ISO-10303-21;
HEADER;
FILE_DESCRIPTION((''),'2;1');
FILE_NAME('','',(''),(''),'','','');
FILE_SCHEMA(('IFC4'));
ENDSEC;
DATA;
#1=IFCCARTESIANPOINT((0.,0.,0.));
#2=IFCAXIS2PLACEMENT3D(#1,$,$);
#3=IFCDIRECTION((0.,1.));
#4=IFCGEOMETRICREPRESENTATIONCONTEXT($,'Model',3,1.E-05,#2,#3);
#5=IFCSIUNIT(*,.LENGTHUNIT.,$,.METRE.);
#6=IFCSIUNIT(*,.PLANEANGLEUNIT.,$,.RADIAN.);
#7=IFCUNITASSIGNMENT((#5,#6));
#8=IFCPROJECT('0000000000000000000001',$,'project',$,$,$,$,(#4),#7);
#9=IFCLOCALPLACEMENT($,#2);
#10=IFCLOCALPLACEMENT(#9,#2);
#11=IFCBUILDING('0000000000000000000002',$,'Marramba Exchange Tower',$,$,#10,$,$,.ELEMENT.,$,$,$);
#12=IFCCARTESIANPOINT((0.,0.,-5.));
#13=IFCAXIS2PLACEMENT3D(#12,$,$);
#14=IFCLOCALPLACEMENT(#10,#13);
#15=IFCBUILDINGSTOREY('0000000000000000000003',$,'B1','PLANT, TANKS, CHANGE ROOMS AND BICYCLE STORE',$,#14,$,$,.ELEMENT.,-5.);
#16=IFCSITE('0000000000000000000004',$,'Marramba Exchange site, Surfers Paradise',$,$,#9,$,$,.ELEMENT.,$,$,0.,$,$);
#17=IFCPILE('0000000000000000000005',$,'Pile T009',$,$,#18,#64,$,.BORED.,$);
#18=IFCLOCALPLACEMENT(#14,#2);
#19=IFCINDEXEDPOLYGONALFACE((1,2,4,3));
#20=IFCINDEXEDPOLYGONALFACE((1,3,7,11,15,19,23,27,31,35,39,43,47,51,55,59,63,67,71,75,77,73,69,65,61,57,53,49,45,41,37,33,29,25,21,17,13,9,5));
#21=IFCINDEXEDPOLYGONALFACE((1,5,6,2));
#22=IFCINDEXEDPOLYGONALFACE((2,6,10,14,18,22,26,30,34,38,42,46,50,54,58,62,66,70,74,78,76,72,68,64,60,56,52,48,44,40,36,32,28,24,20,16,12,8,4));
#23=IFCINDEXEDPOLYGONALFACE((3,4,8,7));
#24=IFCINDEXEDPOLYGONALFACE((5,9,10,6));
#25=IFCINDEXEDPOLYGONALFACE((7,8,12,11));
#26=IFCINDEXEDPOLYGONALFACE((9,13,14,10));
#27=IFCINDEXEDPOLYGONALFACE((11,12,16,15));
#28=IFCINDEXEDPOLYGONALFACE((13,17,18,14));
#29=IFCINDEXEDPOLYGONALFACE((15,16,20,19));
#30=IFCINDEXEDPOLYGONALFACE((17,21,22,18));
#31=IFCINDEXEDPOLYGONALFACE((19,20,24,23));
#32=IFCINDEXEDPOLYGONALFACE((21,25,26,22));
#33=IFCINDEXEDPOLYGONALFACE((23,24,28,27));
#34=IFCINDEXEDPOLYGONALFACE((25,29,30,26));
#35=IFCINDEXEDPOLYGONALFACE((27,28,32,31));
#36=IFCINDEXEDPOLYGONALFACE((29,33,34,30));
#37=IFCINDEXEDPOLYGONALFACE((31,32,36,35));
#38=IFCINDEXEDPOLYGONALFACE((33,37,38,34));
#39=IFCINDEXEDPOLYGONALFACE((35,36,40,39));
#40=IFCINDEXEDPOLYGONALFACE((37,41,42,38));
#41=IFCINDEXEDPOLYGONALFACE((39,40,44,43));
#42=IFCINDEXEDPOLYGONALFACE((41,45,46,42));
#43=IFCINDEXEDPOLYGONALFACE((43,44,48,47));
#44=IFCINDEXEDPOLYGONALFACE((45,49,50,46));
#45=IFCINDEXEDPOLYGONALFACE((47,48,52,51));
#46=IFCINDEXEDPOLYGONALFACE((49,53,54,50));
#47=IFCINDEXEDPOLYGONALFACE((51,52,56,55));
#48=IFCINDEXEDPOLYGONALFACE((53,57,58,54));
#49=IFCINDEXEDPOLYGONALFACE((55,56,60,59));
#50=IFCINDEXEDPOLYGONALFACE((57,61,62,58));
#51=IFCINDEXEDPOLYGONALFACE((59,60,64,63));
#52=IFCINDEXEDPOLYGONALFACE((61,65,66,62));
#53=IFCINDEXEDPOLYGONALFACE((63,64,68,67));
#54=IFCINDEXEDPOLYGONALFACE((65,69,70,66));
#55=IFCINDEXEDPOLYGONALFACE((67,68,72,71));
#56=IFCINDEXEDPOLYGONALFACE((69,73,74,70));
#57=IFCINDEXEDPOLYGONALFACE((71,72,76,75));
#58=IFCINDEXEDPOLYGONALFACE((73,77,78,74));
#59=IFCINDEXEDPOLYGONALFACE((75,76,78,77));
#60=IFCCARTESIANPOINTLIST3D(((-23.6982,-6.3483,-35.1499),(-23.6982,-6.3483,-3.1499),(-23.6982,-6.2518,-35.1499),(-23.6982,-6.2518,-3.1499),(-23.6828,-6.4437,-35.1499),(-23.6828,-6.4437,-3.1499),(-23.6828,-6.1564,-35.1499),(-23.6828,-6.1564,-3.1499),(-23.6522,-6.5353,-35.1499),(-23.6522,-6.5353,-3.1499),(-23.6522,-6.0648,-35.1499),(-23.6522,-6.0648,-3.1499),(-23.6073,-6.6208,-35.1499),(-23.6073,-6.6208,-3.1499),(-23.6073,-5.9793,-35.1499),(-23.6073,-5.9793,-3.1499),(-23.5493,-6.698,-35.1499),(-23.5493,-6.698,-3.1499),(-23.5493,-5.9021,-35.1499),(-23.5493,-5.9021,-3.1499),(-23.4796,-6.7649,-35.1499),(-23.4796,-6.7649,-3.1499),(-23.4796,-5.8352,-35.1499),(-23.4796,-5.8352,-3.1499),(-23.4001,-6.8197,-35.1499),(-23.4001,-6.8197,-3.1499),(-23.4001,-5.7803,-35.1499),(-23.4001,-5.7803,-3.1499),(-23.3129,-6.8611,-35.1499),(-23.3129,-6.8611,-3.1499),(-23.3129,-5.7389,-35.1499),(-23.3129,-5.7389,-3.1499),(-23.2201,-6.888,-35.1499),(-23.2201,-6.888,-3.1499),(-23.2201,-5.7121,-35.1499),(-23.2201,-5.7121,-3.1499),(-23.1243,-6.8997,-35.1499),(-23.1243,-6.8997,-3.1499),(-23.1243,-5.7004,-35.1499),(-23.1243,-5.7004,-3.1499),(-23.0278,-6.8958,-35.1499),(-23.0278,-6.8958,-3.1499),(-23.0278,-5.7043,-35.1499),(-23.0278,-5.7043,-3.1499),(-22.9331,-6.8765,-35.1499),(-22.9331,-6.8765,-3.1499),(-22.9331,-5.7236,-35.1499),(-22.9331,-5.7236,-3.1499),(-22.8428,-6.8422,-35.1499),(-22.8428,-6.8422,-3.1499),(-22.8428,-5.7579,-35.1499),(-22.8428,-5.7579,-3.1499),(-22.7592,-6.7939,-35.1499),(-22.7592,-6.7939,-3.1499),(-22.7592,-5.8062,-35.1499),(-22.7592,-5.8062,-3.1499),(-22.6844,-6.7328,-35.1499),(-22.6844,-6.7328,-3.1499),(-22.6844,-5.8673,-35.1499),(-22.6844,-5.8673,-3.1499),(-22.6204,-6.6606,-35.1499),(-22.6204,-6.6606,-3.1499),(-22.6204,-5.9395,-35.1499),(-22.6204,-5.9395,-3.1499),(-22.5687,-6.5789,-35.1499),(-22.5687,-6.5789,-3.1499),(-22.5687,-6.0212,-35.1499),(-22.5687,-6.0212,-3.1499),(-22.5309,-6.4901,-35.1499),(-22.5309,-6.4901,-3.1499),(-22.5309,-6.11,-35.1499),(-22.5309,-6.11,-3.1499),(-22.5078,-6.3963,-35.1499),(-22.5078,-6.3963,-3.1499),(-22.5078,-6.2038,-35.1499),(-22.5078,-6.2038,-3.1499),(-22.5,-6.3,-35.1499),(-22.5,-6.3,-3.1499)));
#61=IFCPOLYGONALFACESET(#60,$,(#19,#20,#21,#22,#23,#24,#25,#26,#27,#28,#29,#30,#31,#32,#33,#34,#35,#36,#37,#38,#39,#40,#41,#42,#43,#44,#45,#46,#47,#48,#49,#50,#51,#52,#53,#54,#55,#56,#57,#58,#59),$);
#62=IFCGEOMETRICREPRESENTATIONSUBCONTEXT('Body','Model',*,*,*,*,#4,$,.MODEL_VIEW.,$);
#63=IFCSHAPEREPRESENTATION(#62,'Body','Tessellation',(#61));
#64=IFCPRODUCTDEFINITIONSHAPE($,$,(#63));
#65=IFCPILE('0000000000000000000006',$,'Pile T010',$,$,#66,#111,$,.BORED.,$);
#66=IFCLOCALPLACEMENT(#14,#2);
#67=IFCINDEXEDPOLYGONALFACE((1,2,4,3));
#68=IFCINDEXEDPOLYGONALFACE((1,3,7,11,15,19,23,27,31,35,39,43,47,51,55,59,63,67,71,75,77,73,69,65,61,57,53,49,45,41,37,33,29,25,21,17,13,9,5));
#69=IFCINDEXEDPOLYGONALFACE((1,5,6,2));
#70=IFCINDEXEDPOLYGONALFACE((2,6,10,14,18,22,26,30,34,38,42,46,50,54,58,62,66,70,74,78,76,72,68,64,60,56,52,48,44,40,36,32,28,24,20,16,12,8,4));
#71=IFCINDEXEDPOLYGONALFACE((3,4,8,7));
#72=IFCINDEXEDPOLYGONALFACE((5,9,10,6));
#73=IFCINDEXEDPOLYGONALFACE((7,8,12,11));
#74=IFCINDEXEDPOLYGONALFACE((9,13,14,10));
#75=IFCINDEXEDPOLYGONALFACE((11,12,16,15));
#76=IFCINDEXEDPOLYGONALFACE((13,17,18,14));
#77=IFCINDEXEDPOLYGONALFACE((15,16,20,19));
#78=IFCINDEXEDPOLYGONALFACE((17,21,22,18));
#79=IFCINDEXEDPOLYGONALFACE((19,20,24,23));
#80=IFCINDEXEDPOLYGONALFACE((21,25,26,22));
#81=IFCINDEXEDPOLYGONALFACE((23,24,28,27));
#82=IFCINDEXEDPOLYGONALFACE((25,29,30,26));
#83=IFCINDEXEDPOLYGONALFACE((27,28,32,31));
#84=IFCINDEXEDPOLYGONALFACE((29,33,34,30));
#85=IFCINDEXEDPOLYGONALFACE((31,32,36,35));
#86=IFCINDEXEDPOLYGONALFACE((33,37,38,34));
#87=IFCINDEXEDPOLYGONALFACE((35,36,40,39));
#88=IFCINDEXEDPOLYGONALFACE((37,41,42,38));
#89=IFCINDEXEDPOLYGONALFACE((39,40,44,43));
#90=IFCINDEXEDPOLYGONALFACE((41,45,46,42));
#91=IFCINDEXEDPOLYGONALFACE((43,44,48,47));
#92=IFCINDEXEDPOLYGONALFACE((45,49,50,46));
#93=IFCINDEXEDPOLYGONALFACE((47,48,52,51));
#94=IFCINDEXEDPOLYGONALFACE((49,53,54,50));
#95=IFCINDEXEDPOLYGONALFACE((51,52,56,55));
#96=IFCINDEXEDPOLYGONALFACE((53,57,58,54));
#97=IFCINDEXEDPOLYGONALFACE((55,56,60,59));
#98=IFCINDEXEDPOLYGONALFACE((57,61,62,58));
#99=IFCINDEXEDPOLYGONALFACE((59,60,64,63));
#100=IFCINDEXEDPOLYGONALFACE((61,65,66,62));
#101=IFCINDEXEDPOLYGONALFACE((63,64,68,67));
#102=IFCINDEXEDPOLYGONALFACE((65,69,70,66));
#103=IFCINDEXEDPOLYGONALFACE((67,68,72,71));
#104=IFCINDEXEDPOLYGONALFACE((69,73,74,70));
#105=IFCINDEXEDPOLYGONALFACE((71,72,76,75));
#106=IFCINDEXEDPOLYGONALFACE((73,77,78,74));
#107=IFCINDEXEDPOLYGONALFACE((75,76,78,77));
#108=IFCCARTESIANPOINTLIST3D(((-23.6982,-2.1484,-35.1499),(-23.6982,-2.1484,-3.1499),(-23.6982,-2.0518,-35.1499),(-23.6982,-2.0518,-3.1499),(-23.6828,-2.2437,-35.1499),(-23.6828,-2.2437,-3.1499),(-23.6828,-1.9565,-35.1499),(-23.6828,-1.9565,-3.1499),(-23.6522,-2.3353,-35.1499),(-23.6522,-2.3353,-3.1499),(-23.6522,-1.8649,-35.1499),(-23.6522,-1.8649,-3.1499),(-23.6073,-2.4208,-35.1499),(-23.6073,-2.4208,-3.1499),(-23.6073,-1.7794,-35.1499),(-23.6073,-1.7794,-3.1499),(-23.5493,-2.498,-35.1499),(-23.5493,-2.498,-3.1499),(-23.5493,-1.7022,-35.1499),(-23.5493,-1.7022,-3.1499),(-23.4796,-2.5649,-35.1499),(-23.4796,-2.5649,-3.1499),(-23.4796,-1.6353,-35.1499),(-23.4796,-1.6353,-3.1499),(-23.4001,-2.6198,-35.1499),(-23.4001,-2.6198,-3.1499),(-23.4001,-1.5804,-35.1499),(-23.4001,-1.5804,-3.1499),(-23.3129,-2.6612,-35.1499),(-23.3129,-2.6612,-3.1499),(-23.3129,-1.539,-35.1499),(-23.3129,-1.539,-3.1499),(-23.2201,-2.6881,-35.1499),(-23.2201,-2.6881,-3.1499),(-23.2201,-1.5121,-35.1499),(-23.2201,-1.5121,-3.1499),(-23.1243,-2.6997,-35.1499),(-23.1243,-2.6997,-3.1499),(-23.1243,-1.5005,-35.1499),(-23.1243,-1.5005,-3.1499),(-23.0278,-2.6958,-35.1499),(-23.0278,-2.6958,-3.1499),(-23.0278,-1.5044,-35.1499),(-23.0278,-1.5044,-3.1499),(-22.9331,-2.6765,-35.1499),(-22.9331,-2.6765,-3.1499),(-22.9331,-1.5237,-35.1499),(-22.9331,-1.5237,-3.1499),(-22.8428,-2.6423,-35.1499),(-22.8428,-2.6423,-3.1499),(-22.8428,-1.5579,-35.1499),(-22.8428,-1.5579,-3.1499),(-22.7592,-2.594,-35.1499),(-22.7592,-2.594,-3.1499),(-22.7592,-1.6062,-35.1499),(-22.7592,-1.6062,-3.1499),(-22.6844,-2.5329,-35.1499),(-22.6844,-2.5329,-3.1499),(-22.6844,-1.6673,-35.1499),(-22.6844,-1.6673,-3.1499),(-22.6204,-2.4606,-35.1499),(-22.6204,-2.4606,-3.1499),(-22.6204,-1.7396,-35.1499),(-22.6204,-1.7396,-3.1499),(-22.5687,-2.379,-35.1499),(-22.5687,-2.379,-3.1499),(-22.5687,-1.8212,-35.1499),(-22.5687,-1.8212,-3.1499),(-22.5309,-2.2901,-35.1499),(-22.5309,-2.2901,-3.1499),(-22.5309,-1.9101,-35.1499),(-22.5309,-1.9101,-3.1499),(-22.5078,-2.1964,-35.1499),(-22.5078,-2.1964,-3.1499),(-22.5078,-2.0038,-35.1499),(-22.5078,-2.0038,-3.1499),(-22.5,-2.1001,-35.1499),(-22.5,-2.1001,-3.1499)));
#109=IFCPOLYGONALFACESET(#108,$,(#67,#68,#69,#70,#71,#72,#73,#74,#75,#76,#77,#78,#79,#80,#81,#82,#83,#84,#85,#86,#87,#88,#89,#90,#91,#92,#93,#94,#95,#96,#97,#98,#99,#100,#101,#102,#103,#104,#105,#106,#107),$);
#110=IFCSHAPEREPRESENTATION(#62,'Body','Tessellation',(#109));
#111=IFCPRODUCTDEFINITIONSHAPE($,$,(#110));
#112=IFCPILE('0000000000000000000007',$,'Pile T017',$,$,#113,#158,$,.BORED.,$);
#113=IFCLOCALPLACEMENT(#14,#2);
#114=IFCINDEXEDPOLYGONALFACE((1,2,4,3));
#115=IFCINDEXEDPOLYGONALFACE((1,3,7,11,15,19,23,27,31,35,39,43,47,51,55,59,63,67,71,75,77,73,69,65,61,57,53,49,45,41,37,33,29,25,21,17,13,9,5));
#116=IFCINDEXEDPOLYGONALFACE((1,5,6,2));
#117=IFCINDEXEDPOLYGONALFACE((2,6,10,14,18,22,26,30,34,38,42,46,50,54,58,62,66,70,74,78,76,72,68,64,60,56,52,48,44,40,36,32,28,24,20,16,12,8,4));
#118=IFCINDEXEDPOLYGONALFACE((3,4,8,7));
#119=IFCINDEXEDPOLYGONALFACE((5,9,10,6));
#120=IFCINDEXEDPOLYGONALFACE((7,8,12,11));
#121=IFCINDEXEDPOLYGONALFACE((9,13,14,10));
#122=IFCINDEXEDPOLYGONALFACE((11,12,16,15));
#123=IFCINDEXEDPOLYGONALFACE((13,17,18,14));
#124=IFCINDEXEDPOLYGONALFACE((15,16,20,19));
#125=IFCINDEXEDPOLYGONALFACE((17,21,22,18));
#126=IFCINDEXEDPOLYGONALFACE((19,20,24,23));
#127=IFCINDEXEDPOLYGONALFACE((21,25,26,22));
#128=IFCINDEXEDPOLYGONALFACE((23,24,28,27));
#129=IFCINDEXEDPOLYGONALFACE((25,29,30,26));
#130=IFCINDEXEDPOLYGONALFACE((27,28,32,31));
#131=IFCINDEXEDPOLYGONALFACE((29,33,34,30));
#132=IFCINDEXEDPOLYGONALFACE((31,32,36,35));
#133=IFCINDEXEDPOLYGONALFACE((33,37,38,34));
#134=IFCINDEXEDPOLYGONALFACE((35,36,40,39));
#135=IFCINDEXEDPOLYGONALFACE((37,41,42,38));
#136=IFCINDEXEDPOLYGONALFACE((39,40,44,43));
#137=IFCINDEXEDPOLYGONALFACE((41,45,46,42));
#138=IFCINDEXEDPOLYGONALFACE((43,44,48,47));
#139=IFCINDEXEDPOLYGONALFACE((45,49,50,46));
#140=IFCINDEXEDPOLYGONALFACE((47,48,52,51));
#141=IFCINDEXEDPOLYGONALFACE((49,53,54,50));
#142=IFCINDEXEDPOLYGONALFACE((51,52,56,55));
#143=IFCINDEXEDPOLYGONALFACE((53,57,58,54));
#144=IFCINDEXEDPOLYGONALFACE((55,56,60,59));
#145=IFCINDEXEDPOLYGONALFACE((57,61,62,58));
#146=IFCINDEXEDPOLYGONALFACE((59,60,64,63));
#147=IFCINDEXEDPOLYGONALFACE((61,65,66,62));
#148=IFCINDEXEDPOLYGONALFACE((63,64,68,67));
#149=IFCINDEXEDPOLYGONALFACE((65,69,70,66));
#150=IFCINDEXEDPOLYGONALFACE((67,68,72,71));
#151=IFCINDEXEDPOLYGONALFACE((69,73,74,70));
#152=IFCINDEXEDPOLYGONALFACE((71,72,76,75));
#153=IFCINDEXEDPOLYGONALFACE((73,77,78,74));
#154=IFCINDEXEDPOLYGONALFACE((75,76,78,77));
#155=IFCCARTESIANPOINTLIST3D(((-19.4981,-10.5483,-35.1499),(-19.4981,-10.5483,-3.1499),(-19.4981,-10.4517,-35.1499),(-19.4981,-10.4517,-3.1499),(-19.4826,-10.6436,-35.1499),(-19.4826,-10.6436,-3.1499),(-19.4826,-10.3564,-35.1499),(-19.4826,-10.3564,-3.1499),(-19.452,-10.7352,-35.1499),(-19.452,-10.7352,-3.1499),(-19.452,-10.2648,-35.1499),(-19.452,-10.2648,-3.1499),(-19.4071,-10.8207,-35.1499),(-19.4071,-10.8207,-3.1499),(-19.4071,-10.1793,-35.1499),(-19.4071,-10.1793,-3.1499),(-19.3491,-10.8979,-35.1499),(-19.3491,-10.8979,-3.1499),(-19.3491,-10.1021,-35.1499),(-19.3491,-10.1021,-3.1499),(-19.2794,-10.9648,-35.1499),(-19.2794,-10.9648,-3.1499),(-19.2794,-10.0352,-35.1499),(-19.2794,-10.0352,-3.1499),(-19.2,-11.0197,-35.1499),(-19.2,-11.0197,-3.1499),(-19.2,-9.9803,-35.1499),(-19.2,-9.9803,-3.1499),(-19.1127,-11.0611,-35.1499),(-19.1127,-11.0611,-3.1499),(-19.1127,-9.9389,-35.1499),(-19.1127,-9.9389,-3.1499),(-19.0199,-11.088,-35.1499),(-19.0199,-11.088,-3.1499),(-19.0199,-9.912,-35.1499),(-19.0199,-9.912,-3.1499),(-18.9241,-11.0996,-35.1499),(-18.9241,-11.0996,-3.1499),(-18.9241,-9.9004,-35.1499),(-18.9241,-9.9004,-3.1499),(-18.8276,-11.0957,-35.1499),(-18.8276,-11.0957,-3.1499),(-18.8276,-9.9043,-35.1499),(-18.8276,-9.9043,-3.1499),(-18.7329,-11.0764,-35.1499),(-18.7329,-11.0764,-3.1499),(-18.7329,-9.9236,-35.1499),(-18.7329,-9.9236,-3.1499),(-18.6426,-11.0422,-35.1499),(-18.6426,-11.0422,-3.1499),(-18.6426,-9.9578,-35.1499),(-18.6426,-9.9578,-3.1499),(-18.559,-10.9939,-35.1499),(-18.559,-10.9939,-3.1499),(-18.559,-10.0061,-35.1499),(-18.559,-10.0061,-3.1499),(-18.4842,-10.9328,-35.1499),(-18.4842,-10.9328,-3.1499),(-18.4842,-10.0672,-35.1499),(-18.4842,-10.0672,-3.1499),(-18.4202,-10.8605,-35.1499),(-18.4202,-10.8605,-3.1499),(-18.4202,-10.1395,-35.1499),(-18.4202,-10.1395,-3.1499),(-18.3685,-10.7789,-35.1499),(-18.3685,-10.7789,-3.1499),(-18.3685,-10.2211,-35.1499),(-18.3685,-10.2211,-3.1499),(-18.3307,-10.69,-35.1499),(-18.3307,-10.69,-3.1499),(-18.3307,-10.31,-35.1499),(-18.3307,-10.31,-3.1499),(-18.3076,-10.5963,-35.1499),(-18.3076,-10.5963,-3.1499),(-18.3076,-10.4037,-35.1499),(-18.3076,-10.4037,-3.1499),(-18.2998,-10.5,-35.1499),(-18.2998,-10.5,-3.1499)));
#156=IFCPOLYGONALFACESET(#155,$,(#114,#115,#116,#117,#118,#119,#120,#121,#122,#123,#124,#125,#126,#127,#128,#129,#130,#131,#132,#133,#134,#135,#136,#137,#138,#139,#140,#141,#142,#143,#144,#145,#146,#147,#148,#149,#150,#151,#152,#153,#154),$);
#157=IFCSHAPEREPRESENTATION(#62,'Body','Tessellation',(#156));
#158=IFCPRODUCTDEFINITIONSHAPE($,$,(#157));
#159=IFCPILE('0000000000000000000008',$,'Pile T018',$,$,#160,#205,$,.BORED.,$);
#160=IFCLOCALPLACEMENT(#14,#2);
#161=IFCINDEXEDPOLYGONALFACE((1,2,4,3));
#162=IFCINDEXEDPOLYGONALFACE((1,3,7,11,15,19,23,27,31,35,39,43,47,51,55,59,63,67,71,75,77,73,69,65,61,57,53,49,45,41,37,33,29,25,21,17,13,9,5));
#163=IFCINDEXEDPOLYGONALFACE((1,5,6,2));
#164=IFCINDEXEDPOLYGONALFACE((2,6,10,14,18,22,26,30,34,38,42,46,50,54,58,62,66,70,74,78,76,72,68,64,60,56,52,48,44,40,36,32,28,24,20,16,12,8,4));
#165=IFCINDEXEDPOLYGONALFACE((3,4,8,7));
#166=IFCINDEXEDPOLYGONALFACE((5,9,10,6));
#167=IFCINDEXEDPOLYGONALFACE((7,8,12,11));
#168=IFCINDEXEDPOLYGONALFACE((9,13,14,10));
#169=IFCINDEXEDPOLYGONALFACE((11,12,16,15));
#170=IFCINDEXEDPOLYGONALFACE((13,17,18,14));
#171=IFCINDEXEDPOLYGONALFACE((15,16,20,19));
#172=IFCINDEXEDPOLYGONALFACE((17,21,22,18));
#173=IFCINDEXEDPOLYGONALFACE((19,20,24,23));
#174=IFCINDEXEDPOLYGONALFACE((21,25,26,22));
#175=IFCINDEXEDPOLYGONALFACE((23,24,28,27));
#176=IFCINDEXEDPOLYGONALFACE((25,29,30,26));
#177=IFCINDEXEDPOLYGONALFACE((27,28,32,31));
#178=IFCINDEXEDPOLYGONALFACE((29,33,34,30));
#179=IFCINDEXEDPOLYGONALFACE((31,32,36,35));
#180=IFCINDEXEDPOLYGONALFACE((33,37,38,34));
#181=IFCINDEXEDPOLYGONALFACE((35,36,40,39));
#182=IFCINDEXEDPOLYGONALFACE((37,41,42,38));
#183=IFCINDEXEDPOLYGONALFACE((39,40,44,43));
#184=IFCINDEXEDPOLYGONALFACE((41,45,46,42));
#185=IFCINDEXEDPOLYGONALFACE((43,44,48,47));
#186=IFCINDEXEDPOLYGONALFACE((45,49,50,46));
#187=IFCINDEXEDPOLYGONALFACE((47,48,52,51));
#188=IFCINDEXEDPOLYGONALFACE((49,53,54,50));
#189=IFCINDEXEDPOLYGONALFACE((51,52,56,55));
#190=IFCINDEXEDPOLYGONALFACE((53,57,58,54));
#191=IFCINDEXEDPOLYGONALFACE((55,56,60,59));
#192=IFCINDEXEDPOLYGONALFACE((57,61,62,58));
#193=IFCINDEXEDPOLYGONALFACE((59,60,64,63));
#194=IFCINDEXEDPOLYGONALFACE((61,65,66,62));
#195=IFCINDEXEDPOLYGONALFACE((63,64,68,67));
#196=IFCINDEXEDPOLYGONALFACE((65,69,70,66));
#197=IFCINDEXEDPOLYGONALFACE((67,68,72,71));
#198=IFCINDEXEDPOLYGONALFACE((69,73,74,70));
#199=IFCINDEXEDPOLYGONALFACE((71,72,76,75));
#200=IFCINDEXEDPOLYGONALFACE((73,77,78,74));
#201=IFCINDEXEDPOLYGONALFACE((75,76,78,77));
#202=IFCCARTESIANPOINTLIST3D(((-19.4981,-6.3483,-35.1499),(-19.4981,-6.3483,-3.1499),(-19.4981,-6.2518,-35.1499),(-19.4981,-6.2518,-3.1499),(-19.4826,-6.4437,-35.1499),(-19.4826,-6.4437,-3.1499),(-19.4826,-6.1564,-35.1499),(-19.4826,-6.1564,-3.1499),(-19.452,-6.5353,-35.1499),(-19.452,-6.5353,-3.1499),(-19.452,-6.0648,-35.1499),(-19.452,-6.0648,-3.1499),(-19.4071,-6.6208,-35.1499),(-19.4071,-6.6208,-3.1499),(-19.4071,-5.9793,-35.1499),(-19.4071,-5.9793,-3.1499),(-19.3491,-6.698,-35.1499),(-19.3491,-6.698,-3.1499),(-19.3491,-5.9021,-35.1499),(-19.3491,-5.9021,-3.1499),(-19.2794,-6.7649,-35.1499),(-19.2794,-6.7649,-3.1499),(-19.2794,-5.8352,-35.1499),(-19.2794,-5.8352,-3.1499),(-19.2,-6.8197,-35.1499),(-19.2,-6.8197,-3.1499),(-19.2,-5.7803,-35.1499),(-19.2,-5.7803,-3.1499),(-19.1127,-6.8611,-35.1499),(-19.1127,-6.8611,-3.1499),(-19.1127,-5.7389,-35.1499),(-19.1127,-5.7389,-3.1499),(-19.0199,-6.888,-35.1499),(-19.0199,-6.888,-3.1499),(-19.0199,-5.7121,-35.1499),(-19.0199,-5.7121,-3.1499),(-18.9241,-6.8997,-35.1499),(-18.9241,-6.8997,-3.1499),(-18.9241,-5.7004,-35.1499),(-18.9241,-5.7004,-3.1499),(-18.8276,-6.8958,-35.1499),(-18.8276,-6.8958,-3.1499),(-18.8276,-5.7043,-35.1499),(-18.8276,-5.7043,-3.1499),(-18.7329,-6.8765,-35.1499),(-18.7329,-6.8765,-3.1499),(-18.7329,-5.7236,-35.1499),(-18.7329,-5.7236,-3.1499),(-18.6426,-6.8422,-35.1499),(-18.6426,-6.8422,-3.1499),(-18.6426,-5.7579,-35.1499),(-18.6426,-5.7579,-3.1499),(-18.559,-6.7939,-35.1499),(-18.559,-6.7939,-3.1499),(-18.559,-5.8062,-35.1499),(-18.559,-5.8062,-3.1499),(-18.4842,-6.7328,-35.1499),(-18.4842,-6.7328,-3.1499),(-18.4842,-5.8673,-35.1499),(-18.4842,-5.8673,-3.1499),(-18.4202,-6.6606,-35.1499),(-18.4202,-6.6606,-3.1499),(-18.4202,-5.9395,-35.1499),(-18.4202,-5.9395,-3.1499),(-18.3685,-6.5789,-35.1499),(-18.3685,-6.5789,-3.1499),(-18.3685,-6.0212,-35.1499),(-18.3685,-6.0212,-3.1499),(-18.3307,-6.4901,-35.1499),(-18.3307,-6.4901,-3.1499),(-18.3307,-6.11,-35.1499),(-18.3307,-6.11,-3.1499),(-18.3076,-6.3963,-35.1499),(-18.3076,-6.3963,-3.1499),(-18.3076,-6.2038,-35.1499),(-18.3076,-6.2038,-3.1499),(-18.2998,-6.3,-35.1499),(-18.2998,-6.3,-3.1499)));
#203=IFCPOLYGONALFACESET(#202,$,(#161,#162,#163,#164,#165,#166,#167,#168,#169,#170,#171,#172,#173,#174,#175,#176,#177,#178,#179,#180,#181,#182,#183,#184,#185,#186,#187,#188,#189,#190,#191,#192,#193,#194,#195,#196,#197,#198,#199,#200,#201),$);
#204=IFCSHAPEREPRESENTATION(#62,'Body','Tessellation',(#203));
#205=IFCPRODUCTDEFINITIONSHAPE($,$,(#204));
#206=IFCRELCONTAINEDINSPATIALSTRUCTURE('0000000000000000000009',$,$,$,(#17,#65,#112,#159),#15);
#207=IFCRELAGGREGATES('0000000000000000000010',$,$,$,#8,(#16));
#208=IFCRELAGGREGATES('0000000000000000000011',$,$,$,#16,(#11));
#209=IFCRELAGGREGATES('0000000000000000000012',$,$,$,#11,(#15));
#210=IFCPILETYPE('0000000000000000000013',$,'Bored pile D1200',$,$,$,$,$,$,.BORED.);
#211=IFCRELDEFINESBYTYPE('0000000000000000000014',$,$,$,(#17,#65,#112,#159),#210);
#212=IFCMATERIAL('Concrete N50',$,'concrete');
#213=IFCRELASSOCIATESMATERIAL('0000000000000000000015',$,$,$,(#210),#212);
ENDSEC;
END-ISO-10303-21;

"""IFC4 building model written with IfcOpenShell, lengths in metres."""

from ifc_helpers import new_model, si_unit, direction, frame, origin, origin_2d, place, context, subcontext, project, spatial, circle, extrude, material, material_profile, profile_set, type_object, element, save


model = new_model("IFC4")

# Units and contexts
model_context = context("Model", 3, precision=1e-05, world=origin(), true_north=direction((0.0, 1.0)))
body_context = subcontext(model_context, "Body", "Model", "MODEL_VIEW")
ifc_project = project(units=[si_unit("LENGTHUNIT", "METRE"), si_unit("PLANEANGLEUNIT", "RADIAN")], contexts=[model_context])

# Site, building, storey
site_placement = place(None, origin())
site = spatial("IfcSite", under=ifc_project, at=site_placement, Name="Marramba Exchange site, Surfers Paradise", CompositionType="ELEMENT", RefElevation=0.0)
building_placement = place(site_placement, origin())
building = spatial("IfcBuilding", under=site, at=building_placement, Name="Marramba Exchange Tower", CompositionType="ELEMENT")
storey_placement = place(building_placement, frame((0.0, 0.0, -5.0)))
storey = spatial("IfcBuildingStorey", under=building, at=storey_placement, Name="B1", Description="PLANT, TANKS, CHANGE ROOMS AND BICYCLE STORE", CompositionType="ELEMENT", Elevation=-5.0)

# Piles
ifc_material_1 = material(Name="Concrete N50", Category="concrete")
ifc_material_profile_1 = material_profile(ifc_material_1, circle(Radius=0.6001, at=origin_2d()), Name="BP D1200")
ifc_profile_set_1 = profile_set([ifc_material_profile_1], Name="Concrete N50")
pile_type = type_object("IfcPileType", Name="Bored pile D1200", PredefinedType="BORED", material=ifc_profile_set_1)
for number, where, z_axis, x_axis, name in (
    (1, (-23.1001, -6.3, -3.1499), (0.0, 0.0, -1.0), (1.0, 0.0, 0.0), "Pile T009"),
    (2, (-23.1001, -2.1001, -3.1499), (0.0, 0.0, -1.0), (1.0, 0.0, 0.0), "Pile T010"),
    (3, (-18.8999, -10.5, -3.1499), (0.0, 0.0, -1.0), (1.0, 0.0, 0.0), "Pile T017"),
    (4, (-18.8999, -6.3, -3.1499), (0.0, 0.0, -1.0), (1.0, 0.0, 0.0), "Pile T018"),
):
    element("IfcPile", number, at=place(storey_placement, frame(where, z_axis=z_axis, x_axis=x_axis)), inside=storey, type_object=pile_type, Name=name, PredefinedType="BORED", context=body_context, shape_type="SweptSolid", body=[
        extrude(circle(Radius=0.6001, at=origin_2d()), origin(), (0.0, 0.0, 1.0), 32.0),
    ])

save(model, "model.ifc")
